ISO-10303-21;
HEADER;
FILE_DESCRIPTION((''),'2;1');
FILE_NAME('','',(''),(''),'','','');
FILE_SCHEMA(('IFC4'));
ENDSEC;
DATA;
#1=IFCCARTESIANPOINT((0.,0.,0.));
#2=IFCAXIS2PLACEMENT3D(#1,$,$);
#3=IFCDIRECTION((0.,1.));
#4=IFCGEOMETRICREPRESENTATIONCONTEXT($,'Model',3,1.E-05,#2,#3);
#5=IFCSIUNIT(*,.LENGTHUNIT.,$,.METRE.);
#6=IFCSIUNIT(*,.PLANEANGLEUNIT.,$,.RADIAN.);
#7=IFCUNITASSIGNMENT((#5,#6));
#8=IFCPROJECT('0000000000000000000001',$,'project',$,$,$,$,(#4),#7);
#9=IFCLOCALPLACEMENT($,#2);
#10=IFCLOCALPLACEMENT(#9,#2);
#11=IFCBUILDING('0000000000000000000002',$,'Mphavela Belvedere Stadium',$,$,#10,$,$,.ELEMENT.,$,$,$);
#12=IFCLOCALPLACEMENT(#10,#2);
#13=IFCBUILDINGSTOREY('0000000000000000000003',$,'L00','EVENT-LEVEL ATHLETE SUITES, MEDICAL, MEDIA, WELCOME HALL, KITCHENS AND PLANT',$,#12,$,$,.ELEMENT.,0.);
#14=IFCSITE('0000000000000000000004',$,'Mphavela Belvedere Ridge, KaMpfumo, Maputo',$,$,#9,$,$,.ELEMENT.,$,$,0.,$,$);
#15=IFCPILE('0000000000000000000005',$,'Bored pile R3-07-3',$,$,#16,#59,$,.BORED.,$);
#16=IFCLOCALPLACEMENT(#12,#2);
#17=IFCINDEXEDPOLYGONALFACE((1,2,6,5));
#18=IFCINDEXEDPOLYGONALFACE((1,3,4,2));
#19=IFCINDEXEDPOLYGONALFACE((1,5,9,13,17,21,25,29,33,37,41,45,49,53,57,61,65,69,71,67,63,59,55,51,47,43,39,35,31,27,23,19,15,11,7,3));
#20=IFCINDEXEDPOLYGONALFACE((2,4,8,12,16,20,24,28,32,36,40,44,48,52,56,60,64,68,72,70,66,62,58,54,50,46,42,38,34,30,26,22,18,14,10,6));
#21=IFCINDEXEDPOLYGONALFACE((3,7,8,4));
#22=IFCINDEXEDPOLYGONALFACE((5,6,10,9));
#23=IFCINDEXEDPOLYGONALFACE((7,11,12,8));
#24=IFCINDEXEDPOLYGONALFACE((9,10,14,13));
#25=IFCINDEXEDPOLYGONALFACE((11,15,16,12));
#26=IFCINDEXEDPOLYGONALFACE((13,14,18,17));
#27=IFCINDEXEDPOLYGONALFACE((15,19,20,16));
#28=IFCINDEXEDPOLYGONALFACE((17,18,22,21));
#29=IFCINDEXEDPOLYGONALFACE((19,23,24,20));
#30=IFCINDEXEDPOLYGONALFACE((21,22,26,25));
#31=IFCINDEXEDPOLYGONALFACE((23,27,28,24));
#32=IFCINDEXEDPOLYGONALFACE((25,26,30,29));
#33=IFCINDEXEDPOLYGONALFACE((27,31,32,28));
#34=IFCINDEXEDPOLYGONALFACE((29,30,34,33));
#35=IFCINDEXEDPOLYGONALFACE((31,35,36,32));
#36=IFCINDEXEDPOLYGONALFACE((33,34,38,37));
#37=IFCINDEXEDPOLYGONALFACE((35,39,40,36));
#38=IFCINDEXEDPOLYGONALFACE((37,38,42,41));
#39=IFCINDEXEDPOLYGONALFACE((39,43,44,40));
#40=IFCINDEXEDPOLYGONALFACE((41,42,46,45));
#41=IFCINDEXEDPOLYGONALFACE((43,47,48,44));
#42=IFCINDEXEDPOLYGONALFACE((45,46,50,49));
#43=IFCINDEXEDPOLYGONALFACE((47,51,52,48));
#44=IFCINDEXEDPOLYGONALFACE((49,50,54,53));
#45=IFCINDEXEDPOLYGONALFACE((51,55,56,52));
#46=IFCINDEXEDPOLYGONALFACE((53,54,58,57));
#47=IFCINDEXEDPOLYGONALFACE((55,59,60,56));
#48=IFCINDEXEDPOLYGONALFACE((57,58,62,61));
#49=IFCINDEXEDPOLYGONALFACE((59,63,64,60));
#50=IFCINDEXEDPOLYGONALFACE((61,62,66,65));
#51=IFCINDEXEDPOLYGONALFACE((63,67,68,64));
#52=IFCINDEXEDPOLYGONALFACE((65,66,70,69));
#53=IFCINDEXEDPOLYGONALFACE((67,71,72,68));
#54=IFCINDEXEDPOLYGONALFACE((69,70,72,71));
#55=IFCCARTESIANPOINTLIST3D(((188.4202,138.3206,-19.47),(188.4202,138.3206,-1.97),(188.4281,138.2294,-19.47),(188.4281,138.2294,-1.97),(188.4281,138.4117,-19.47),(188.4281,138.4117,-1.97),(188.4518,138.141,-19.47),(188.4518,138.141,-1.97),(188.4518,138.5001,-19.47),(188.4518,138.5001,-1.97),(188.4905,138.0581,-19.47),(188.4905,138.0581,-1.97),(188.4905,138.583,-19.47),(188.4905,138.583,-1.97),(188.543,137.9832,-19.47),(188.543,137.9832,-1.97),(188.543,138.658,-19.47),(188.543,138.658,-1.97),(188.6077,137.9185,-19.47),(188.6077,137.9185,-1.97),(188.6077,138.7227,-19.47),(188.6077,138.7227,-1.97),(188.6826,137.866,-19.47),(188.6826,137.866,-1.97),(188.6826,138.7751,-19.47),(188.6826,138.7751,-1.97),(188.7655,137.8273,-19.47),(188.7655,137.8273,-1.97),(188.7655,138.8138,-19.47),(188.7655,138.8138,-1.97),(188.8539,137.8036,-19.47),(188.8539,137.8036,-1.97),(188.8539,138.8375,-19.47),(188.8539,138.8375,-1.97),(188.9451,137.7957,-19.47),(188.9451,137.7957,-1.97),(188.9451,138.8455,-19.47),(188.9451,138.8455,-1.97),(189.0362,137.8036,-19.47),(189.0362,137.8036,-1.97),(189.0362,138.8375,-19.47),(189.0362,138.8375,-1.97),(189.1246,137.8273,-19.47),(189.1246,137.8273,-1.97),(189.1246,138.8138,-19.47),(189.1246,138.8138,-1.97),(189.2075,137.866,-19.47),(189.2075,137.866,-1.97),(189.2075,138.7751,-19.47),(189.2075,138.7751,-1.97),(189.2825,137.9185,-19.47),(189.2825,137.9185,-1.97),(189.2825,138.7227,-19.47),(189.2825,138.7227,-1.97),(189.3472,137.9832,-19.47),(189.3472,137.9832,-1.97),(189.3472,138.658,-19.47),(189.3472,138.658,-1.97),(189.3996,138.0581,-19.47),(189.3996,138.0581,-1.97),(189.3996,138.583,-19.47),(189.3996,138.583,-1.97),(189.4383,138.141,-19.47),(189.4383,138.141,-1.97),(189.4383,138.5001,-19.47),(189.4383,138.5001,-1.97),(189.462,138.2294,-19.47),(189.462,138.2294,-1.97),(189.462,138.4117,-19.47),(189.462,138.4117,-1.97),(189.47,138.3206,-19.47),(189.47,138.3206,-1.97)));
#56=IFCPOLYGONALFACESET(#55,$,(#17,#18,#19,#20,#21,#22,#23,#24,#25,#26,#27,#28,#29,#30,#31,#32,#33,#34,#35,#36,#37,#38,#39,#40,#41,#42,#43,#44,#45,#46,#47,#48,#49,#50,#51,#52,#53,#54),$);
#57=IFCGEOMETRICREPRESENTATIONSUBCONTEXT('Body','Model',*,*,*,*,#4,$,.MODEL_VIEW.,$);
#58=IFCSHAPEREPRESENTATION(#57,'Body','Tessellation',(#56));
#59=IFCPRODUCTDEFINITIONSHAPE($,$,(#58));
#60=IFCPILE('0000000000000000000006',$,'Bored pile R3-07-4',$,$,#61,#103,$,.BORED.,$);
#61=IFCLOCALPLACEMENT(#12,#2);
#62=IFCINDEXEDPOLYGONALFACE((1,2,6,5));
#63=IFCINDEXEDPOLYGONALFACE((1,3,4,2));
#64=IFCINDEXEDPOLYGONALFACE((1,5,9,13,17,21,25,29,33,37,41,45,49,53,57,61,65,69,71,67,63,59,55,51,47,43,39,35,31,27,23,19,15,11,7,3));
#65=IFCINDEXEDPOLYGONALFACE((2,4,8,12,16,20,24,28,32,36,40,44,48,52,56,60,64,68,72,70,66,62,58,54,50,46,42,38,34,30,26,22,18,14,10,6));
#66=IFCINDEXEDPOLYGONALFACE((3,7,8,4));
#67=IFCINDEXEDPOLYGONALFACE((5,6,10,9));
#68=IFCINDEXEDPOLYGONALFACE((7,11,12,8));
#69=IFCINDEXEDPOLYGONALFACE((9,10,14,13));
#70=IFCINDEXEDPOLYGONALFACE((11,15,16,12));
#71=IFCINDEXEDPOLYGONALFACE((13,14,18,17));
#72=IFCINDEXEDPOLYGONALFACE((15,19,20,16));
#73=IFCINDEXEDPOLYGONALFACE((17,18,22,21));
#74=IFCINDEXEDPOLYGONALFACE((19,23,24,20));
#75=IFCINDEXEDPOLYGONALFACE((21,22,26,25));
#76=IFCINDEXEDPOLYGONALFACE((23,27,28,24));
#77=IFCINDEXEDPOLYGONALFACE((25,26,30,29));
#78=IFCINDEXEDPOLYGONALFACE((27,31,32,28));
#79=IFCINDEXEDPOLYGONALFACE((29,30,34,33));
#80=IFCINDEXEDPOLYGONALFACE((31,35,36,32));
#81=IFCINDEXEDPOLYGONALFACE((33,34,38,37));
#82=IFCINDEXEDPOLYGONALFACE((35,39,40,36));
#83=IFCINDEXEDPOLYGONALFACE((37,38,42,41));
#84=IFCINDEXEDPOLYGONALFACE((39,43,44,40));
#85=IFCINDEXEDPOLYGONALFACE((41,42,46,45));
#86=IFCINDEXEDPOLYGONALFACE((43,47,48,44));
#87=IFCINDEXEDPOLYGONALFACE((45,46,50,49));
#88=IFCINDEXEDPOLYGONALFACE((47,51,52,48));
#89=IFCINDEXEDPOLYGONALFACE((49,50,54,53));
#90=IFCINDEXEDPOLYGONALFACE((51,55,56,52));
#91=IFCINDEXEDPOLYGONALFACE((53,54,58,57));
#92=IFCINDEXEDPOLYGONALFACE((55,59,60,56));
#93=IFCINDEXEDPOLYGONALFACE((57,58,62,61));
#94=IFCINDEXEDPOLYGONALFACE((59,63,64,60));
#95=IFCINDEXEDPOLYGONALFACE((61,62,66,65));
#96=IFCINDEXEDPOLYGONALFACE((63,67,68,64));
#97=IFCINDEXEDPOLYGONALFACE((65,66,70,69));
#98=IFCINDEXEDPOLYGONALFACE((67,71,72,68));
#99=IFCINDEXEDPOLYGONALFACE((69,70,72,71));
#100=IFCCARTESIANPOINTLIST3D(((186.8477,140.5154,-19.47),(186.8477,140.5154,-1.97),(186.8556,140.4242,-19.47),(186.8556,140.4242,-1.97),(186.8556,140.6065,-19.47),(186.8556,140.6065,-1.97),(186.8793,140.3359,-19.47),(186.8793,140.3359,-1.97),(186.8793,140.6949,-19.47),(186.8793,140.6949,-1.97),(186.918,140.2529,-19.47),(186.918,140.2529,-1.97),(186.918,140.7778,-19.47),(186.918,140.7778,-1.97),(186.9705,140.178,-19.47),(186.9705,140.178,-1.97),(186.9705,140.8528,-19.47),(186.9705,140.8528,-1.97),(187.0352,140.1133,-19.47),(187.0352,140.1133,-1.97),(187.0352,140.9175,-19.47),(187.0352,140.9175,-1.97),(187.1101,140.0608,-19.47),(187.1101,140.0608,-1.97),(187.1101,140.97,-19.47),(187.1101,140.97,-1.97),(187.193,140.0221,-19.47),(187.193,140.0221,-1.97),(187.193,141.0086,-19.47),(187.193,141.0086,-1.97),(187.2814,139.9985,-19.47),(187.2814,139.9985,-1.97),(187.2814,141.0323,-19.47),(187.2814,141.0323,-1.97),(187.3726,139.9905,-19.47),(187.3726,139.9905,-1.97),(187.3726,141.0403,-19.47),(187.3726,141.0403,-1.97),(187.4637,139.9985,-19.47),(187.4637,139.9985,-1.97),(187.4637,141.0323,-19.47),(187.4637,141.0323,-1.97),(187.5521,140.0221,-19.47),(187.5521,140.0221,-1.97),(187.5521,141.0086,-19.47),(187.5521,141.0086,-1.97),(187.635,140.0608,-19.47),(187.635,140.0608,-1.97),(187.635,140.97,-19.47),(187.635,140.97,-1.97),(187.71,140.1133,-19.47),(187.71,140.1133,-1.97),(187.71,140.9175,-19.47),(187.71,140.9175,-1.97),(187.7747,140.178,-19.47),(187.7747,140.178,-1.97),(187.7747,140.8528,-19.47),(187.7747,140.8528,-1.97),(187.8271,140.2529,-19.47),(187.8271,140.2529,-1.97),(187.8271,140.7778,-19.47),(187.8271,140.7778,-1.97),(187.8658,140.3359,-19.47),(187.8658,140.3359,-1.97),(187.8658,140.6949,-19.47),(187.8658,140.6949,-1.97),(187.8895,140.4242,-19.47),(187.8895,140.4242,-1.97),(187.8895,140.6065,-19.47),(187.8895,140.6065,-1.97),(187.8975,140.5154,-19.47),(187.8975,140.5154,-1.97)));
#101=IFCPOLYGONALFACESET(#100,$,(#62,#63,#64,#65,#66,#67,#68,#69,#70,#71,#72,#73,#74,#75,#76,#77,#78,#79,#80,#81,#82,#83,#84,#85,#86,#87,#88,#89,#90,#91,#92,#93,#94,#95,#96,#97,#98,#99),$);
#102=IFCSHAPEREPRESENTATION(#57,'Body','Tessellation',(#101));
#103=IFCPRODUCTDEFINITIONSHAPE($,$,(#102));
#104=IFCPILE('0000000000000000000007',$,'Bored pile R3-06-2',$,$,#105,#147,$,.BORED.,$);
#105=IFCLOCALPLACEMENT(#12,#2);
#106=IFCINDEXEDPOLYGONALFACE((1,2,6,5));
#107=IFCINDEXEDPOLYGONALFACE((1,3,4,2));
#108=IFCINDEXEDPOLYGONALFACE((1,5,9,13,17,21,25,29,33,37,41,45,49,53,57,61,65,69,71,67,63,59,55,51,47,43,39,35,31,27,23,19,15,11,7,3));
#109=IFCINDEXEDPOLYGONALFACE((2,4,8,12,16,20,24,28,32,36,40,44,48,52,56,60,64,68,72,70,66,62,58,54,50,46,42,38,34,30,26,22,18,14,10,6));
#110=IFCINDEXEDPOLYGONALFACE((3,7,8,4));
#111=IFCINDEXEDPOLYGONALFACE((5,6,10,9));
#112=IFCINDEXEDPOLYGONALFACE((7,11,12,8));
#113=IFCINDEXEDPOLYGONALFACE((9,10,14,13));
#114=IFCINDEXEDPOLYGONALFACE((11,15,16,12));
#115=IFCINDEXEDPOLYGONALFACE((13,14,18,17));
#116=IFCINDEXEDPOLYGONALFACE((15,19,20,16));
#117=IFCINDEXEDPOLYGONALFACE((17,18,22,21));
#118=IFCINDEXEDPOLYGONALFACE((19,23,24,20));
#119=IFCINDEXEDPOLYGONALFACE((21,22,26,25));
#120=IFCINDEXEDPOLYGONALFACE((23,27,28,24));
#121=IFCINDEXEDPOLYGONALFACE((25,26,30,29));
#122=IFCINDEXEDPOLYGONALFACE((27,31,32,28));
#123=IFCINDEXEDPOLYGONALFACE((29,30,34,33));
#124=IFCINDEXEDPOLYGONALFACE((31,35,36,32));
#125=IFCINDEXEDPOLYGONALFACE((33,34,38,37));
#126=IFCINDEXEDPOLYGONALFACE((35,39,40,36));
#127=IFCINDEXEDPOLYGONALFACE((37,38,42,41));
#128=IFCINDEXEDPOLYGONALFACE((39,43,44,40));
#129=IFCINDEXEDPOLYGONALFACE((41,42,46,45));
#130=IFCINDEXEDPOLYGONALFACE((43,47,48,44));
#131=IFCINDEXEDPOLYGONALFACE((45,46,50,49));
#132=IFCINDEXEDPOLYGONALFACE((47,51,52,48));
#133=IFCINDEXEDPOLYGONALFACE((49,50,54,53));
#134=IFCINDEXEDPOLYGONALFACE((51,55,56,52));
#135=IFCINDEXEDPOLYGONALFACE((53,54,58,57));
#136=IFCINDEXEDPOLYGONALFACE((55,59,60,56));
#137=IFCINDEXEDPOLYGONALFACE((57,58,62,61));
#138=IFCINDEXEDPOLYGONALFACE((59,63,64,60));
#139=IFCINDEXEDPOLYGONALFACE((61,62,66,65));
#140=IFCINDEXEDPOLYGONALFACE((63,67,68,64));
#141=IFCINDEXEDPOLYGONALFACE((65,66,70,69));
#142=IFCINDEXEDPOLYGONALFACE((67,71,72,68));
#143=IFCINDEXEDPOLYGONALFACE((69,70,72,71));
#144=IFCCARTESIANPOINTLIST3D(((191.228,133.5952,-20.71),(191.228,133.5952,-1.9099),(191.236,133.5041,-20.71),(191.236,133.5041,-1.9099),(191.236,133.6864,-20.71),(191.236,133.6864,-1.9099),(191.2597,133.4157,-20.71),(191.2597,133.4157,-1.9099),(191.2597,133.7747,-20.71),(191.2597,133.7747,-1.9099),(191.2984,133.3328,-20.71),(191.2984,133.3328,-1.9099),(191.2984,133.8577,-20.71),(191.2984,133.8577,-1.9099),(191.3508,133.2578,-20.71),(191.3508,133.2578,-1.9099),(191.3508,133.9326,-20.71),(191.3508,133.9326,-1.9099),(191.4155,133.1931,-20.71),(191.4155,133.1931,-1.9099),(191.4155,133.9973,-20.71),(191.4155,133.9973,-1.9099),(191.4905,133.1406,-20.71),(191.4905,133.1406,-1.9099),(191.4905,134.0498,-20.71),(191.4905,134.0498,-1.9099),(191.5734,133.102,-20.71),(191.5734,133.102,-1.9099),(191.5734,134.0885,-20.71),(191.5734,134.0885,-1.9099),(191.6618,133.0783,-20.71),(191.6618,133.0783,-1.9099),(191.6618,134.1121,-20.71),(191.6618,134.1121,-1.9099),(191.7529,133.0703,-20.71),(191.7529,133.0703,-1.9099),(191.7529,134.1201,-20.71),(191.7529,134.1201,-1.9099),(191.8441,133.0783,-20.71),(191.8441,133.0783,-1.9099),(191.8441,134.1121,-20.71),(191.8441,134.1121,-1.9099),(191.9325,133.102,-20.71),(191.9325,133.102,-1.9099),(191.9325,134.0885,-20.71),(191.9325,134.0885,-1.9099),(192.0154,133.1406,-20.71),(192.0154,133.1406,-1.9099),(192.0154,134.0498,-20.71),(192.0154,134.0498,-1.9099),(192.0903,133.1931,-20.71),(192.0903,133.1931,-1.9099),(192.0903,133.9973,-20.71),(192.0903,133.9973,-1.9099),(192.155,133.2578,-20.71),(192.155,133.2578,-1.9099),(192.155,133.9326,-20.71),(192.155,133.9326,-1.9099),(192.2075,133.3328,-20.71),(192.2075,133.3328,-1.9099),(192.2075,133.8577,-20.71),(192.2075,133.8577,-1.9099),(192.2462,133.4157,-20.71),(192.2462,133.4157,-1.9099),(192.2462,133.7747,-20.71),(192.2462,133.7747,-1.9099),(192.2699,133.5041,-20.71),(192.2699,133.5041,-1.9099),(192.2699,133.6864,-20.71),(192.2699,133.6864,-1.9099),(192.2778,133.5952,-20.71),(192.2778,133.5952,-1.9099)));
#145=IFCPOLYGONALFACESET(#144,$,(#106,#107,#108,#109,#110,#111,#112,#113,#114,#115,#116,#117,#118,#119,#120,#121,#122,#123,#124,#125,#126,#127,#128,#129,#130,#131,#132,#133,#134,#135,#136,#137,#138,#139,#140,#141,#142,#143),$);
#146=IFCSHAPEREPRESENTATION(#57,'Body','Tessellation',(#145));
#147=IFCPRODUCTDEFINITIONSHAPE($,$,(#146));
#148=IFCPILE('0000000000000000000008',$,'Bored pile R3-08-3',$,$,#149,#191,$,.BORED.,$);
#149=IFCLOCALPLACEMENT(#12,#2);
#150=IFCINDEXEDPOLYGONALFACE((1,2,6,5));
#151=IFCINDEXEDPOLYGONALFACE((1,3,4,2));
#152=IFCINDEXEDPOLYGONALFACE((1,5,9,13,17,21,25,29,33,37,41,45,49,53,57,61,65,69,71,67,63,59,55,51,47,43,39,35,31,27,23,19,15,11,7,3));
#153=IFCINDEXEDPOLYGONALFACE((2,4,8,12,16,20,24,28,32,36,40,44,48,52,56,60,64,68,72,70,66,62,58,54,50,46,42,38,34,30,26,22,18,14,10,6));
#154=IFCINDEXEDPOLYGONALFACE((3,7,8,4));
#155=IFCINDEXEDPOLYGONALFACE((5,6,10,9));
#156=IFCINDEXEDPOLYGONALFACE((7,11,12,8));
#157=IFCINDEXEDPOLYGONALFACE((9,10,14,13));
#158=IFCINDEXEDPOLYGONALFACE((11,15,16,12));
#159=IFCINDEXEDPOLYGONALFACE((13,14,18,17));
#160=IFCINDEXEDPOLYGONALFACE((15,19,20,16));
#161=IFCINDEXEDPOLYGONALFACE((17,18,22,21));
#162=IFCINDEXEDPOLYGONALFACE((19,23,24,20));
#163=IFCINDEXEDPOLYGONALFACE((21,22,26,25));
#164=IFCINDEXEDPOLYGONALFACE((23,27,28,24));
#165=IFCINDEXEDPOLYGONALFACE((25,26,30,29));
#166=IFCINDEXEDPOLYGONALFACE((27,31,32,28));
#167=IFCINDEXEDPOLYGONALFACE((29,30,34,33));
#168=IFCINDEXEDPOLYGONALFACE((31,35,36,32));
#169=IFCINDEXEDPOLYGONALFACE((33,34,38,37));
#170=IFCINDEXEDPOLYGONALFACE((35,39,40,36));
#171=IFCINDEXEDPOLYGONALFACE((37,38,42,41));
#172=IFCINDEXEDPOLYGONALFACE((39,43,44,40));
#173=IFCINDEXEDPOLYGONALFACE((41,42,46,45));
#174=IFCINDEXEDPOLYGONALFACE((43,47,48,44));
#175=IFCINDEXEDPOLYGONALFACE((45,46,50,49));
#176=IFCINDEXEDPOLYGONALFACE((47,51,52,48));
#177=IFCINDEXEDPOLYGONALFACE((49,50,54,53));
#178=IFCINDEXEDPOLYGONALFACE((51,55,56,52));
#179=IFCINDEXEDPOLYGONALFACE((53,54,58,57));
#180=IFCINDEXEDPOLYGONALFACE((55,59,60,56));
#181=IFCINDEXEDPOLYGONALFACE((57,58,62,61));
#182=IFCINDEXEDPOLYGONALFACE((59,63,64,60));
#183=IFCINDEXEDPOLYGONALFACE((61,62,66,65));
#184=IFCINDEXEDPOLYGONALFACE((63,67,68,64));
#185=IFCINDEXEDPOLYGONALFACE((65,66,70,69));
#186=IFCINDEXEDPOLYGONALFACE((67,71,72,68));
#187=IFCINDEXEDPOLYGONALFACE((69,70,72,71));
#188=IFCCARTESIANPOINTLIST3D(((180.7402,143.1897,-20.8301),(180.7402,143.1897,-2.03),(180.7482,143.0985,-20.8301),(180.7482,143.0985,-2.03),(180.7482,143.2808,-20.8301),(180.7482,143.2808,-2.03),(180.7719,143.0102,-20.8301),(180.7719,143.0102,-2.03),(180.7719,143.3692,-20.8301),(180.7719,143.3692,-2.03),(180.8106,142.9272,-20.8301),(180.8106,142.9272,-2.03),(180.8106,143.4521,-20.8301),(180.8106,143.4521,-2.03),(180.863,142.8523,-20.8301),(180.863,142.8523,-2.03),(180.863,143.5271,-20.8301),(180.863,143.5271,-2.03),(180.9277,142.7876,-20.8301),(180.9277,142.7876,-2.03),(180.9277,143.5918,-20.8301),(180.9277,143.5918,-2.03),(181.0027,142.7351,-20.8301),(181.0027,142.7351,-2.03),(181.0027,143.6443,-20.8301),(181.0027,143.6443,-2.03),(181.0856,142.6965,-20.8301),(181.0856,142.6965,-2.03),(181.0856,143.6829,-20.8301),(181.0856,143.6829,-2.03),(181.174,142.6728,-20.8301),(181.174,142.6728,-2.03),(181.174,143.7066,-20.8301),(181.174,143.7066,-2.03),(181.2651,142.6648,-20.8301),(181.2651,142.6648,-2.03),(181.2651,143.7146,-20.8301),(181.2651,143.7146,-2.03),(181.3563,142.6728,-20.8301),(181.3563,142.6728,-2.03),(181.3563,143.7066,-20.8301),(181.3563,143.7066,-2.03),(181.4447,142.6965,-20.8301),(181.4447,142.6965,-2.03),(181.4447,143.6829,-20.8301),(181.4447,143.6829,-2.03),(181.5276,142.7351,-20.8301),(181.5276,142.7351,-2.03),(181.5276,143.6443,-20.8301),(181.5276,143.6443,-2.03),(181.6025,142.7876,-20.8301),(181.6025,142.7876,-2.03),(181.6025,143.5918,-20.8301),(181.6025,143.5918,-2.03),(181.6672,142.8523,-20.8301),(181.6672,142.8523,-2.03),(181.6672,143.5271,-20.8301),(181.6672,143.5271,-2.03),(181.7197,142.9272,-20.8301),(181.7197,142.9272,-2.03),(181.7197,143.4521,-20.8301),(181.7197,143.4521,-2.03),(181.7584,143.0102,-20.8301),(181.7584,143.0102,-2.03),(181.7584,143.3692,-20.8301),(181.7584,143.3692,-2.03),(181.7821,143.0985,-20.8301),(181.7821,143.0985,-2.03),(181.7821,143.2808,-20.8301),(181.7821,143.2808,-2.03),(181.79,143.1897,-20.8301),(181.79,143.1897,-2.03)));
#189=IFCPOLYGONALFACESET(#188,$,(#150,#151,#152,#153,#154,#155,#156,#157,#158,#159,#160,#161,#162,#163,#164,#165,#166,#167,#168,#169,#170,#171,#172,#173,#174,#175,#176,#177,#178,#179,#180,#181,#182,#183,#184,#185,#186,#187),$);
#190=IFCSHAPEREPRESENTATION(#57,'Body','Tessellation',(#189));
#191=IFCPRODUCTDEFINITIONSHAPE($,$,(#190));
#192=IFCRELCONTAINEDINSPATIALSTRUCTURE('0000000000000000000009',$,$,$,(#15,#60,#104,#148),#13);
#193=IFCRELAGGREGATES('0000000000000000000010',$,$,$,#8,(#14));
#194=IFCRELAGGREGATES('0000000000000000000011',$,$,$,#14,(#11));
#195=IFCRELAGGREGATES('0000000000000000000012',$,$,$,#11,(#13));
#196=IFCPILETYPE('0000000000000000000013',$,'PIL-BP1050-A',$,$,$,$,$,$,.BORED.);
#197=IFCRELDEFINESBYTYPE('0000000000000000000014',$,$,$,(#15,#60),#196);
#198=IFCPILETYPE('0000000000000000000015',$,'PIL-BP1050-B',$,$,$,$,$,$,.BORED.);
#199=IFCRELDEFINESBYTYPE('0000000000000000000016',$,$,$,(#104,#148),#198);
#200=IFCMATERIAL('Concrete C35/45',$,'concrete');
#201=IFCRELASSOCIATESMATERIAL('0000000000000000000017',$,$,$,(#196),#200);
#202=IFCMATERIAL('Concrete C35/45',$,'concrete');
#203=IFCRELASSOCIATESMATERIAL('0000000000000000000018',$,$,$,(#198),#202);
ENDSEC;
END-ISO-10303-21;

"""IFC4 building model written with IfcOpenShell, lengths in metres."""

from ifc_helpers import new_model, si_unit, direction, frame, origin, origin_2d, place, context, subcontext, project, spatial, circle, extrude, material, material_profile, profile_set, type_object, element, save


model = new_model("IFC4")

# Units and contexts
model_context = context("Model", 3, precision=1e-05, world=origin(), true_north=direction((0.0, 1.0)))
body_context = subcontext(model_context, "Body", "Model", "MODEL_VIEW")
ifc_project = project(units=[si_unit("LENGTHUNIT", "METRE"), si_unit("PLANEANGLEUNIT", "RADIAN")], contexts=[model_context])

# Site, building, storey
site_placement = place(None, origin())
site = spatial("IfcSite", under=ifc_project, at=site_placement, Name="Mphavela Belvedere Ridge, KaMpfumo, Maputo", CompositionType="ELEMENT", RefElevation=0.0)
building_placement = place(site_placement, origin())
building = spatial("IfcBuilding", under=site, at=building_placement, Name="Mphavela Belvedere Stadium", CompositionType="ELEMENT")
storey_placement = place(building_placement, origin())
storey = spatial("IfcBuildingStorey", under=building, at=storey_placement, Name="L00", Description="EVENT-LEVEL ATHLETE SUITES, MEDICAL, MEDIA, WELCOME HALL, KITCHENS AND PLANT", CompositionType="ELEMENT", Elevation=0.0)

# Piles
ifc_material_1 = material(Name="Concrete C35/45", Category="concrete")
ifc_material_profile_1 = material_profile(ifc_material_1, circle(Radius=0.5249, at=origin_2d()), Name="BP D1050")
ifc_profile_set_1 = profile_set([ifc_material_profile_1], Name="Concrete C35/45")
pile_type_1 = type_object("IfcPileType", Name="PIL-BP1050-A", PredefinedType="BORED", material=ifc_profile_set_1)
for number, where, z_axis, x_axis, name in (
    (1, (188.9451, 138.3206, -1.97), (0.0, 0.0, -1.0), (1.0, 0.0, 0.0), "Bored pile R3-07-3"),
    (2, (187.3726, 140.5154, -1.97), (0.0, 0.0, -1.0), (1.0, 0.0, 0.0), "Bored pile R3-07-4"),
):
    element("IfcPile", number, at=place(storey_placement, frame(where, z_axis=z_axis, x_axis=x_axis)), inside=storey, type_object=pile_type_1, Name=name, PredefinedType="BORED", context=body_context, shape_type="SweptSolid", body=[
        extrude(circle(Radius=0.5249, at=origin_2d()), origin(), (0.0, 0.0, 1.0), 17.5),
    ])
ifc_material_2 = material(Name="Concrete C35/45", Category="concrete")
ifc_material_profile_2 = material_profile(ifc_material_2, circle(Radius=0.5249, at=origin_2d()), Name="BP D1050")
ifc_profile_set_2 = profile_set([ifc_material_profile_2], Name="Concrete C35/45")
pile_type_2 = type_object("IfcPileType", Name="PIL-BP1050-B", PredefinedType="BORED", material=ifc_profile_set_2)
for number, where, z_axis, x_axis, name in (
    (3, (191.7529, 133.5952, -1.9099), (0.0, 0.0, -1.0), (1.0, 0.0, 0.0), "Bored pile R3-06-2"),
    (4, (181.2651, 143.1897, -2.03), (0.0, 0.0, -1.0), (1.0, 0.0, 0.0), "Bored pile R3-08-3"),
):
    element("IfcPile", number, at=place(storey_placement, frame(where, z_axis=z_axis, x_axis=x_axis)), inside=storey, type_object=pile_type_2, Name=name, PredefinedType="BORED", context=body_context, shape_type="SweptSolid", body=[
        extrude(circle(Radius=0.5249, at=origin_2d()), origin(), (0.0, 0.0, 1.0), 18.8),
    ])

save(model, "model.ifc")
